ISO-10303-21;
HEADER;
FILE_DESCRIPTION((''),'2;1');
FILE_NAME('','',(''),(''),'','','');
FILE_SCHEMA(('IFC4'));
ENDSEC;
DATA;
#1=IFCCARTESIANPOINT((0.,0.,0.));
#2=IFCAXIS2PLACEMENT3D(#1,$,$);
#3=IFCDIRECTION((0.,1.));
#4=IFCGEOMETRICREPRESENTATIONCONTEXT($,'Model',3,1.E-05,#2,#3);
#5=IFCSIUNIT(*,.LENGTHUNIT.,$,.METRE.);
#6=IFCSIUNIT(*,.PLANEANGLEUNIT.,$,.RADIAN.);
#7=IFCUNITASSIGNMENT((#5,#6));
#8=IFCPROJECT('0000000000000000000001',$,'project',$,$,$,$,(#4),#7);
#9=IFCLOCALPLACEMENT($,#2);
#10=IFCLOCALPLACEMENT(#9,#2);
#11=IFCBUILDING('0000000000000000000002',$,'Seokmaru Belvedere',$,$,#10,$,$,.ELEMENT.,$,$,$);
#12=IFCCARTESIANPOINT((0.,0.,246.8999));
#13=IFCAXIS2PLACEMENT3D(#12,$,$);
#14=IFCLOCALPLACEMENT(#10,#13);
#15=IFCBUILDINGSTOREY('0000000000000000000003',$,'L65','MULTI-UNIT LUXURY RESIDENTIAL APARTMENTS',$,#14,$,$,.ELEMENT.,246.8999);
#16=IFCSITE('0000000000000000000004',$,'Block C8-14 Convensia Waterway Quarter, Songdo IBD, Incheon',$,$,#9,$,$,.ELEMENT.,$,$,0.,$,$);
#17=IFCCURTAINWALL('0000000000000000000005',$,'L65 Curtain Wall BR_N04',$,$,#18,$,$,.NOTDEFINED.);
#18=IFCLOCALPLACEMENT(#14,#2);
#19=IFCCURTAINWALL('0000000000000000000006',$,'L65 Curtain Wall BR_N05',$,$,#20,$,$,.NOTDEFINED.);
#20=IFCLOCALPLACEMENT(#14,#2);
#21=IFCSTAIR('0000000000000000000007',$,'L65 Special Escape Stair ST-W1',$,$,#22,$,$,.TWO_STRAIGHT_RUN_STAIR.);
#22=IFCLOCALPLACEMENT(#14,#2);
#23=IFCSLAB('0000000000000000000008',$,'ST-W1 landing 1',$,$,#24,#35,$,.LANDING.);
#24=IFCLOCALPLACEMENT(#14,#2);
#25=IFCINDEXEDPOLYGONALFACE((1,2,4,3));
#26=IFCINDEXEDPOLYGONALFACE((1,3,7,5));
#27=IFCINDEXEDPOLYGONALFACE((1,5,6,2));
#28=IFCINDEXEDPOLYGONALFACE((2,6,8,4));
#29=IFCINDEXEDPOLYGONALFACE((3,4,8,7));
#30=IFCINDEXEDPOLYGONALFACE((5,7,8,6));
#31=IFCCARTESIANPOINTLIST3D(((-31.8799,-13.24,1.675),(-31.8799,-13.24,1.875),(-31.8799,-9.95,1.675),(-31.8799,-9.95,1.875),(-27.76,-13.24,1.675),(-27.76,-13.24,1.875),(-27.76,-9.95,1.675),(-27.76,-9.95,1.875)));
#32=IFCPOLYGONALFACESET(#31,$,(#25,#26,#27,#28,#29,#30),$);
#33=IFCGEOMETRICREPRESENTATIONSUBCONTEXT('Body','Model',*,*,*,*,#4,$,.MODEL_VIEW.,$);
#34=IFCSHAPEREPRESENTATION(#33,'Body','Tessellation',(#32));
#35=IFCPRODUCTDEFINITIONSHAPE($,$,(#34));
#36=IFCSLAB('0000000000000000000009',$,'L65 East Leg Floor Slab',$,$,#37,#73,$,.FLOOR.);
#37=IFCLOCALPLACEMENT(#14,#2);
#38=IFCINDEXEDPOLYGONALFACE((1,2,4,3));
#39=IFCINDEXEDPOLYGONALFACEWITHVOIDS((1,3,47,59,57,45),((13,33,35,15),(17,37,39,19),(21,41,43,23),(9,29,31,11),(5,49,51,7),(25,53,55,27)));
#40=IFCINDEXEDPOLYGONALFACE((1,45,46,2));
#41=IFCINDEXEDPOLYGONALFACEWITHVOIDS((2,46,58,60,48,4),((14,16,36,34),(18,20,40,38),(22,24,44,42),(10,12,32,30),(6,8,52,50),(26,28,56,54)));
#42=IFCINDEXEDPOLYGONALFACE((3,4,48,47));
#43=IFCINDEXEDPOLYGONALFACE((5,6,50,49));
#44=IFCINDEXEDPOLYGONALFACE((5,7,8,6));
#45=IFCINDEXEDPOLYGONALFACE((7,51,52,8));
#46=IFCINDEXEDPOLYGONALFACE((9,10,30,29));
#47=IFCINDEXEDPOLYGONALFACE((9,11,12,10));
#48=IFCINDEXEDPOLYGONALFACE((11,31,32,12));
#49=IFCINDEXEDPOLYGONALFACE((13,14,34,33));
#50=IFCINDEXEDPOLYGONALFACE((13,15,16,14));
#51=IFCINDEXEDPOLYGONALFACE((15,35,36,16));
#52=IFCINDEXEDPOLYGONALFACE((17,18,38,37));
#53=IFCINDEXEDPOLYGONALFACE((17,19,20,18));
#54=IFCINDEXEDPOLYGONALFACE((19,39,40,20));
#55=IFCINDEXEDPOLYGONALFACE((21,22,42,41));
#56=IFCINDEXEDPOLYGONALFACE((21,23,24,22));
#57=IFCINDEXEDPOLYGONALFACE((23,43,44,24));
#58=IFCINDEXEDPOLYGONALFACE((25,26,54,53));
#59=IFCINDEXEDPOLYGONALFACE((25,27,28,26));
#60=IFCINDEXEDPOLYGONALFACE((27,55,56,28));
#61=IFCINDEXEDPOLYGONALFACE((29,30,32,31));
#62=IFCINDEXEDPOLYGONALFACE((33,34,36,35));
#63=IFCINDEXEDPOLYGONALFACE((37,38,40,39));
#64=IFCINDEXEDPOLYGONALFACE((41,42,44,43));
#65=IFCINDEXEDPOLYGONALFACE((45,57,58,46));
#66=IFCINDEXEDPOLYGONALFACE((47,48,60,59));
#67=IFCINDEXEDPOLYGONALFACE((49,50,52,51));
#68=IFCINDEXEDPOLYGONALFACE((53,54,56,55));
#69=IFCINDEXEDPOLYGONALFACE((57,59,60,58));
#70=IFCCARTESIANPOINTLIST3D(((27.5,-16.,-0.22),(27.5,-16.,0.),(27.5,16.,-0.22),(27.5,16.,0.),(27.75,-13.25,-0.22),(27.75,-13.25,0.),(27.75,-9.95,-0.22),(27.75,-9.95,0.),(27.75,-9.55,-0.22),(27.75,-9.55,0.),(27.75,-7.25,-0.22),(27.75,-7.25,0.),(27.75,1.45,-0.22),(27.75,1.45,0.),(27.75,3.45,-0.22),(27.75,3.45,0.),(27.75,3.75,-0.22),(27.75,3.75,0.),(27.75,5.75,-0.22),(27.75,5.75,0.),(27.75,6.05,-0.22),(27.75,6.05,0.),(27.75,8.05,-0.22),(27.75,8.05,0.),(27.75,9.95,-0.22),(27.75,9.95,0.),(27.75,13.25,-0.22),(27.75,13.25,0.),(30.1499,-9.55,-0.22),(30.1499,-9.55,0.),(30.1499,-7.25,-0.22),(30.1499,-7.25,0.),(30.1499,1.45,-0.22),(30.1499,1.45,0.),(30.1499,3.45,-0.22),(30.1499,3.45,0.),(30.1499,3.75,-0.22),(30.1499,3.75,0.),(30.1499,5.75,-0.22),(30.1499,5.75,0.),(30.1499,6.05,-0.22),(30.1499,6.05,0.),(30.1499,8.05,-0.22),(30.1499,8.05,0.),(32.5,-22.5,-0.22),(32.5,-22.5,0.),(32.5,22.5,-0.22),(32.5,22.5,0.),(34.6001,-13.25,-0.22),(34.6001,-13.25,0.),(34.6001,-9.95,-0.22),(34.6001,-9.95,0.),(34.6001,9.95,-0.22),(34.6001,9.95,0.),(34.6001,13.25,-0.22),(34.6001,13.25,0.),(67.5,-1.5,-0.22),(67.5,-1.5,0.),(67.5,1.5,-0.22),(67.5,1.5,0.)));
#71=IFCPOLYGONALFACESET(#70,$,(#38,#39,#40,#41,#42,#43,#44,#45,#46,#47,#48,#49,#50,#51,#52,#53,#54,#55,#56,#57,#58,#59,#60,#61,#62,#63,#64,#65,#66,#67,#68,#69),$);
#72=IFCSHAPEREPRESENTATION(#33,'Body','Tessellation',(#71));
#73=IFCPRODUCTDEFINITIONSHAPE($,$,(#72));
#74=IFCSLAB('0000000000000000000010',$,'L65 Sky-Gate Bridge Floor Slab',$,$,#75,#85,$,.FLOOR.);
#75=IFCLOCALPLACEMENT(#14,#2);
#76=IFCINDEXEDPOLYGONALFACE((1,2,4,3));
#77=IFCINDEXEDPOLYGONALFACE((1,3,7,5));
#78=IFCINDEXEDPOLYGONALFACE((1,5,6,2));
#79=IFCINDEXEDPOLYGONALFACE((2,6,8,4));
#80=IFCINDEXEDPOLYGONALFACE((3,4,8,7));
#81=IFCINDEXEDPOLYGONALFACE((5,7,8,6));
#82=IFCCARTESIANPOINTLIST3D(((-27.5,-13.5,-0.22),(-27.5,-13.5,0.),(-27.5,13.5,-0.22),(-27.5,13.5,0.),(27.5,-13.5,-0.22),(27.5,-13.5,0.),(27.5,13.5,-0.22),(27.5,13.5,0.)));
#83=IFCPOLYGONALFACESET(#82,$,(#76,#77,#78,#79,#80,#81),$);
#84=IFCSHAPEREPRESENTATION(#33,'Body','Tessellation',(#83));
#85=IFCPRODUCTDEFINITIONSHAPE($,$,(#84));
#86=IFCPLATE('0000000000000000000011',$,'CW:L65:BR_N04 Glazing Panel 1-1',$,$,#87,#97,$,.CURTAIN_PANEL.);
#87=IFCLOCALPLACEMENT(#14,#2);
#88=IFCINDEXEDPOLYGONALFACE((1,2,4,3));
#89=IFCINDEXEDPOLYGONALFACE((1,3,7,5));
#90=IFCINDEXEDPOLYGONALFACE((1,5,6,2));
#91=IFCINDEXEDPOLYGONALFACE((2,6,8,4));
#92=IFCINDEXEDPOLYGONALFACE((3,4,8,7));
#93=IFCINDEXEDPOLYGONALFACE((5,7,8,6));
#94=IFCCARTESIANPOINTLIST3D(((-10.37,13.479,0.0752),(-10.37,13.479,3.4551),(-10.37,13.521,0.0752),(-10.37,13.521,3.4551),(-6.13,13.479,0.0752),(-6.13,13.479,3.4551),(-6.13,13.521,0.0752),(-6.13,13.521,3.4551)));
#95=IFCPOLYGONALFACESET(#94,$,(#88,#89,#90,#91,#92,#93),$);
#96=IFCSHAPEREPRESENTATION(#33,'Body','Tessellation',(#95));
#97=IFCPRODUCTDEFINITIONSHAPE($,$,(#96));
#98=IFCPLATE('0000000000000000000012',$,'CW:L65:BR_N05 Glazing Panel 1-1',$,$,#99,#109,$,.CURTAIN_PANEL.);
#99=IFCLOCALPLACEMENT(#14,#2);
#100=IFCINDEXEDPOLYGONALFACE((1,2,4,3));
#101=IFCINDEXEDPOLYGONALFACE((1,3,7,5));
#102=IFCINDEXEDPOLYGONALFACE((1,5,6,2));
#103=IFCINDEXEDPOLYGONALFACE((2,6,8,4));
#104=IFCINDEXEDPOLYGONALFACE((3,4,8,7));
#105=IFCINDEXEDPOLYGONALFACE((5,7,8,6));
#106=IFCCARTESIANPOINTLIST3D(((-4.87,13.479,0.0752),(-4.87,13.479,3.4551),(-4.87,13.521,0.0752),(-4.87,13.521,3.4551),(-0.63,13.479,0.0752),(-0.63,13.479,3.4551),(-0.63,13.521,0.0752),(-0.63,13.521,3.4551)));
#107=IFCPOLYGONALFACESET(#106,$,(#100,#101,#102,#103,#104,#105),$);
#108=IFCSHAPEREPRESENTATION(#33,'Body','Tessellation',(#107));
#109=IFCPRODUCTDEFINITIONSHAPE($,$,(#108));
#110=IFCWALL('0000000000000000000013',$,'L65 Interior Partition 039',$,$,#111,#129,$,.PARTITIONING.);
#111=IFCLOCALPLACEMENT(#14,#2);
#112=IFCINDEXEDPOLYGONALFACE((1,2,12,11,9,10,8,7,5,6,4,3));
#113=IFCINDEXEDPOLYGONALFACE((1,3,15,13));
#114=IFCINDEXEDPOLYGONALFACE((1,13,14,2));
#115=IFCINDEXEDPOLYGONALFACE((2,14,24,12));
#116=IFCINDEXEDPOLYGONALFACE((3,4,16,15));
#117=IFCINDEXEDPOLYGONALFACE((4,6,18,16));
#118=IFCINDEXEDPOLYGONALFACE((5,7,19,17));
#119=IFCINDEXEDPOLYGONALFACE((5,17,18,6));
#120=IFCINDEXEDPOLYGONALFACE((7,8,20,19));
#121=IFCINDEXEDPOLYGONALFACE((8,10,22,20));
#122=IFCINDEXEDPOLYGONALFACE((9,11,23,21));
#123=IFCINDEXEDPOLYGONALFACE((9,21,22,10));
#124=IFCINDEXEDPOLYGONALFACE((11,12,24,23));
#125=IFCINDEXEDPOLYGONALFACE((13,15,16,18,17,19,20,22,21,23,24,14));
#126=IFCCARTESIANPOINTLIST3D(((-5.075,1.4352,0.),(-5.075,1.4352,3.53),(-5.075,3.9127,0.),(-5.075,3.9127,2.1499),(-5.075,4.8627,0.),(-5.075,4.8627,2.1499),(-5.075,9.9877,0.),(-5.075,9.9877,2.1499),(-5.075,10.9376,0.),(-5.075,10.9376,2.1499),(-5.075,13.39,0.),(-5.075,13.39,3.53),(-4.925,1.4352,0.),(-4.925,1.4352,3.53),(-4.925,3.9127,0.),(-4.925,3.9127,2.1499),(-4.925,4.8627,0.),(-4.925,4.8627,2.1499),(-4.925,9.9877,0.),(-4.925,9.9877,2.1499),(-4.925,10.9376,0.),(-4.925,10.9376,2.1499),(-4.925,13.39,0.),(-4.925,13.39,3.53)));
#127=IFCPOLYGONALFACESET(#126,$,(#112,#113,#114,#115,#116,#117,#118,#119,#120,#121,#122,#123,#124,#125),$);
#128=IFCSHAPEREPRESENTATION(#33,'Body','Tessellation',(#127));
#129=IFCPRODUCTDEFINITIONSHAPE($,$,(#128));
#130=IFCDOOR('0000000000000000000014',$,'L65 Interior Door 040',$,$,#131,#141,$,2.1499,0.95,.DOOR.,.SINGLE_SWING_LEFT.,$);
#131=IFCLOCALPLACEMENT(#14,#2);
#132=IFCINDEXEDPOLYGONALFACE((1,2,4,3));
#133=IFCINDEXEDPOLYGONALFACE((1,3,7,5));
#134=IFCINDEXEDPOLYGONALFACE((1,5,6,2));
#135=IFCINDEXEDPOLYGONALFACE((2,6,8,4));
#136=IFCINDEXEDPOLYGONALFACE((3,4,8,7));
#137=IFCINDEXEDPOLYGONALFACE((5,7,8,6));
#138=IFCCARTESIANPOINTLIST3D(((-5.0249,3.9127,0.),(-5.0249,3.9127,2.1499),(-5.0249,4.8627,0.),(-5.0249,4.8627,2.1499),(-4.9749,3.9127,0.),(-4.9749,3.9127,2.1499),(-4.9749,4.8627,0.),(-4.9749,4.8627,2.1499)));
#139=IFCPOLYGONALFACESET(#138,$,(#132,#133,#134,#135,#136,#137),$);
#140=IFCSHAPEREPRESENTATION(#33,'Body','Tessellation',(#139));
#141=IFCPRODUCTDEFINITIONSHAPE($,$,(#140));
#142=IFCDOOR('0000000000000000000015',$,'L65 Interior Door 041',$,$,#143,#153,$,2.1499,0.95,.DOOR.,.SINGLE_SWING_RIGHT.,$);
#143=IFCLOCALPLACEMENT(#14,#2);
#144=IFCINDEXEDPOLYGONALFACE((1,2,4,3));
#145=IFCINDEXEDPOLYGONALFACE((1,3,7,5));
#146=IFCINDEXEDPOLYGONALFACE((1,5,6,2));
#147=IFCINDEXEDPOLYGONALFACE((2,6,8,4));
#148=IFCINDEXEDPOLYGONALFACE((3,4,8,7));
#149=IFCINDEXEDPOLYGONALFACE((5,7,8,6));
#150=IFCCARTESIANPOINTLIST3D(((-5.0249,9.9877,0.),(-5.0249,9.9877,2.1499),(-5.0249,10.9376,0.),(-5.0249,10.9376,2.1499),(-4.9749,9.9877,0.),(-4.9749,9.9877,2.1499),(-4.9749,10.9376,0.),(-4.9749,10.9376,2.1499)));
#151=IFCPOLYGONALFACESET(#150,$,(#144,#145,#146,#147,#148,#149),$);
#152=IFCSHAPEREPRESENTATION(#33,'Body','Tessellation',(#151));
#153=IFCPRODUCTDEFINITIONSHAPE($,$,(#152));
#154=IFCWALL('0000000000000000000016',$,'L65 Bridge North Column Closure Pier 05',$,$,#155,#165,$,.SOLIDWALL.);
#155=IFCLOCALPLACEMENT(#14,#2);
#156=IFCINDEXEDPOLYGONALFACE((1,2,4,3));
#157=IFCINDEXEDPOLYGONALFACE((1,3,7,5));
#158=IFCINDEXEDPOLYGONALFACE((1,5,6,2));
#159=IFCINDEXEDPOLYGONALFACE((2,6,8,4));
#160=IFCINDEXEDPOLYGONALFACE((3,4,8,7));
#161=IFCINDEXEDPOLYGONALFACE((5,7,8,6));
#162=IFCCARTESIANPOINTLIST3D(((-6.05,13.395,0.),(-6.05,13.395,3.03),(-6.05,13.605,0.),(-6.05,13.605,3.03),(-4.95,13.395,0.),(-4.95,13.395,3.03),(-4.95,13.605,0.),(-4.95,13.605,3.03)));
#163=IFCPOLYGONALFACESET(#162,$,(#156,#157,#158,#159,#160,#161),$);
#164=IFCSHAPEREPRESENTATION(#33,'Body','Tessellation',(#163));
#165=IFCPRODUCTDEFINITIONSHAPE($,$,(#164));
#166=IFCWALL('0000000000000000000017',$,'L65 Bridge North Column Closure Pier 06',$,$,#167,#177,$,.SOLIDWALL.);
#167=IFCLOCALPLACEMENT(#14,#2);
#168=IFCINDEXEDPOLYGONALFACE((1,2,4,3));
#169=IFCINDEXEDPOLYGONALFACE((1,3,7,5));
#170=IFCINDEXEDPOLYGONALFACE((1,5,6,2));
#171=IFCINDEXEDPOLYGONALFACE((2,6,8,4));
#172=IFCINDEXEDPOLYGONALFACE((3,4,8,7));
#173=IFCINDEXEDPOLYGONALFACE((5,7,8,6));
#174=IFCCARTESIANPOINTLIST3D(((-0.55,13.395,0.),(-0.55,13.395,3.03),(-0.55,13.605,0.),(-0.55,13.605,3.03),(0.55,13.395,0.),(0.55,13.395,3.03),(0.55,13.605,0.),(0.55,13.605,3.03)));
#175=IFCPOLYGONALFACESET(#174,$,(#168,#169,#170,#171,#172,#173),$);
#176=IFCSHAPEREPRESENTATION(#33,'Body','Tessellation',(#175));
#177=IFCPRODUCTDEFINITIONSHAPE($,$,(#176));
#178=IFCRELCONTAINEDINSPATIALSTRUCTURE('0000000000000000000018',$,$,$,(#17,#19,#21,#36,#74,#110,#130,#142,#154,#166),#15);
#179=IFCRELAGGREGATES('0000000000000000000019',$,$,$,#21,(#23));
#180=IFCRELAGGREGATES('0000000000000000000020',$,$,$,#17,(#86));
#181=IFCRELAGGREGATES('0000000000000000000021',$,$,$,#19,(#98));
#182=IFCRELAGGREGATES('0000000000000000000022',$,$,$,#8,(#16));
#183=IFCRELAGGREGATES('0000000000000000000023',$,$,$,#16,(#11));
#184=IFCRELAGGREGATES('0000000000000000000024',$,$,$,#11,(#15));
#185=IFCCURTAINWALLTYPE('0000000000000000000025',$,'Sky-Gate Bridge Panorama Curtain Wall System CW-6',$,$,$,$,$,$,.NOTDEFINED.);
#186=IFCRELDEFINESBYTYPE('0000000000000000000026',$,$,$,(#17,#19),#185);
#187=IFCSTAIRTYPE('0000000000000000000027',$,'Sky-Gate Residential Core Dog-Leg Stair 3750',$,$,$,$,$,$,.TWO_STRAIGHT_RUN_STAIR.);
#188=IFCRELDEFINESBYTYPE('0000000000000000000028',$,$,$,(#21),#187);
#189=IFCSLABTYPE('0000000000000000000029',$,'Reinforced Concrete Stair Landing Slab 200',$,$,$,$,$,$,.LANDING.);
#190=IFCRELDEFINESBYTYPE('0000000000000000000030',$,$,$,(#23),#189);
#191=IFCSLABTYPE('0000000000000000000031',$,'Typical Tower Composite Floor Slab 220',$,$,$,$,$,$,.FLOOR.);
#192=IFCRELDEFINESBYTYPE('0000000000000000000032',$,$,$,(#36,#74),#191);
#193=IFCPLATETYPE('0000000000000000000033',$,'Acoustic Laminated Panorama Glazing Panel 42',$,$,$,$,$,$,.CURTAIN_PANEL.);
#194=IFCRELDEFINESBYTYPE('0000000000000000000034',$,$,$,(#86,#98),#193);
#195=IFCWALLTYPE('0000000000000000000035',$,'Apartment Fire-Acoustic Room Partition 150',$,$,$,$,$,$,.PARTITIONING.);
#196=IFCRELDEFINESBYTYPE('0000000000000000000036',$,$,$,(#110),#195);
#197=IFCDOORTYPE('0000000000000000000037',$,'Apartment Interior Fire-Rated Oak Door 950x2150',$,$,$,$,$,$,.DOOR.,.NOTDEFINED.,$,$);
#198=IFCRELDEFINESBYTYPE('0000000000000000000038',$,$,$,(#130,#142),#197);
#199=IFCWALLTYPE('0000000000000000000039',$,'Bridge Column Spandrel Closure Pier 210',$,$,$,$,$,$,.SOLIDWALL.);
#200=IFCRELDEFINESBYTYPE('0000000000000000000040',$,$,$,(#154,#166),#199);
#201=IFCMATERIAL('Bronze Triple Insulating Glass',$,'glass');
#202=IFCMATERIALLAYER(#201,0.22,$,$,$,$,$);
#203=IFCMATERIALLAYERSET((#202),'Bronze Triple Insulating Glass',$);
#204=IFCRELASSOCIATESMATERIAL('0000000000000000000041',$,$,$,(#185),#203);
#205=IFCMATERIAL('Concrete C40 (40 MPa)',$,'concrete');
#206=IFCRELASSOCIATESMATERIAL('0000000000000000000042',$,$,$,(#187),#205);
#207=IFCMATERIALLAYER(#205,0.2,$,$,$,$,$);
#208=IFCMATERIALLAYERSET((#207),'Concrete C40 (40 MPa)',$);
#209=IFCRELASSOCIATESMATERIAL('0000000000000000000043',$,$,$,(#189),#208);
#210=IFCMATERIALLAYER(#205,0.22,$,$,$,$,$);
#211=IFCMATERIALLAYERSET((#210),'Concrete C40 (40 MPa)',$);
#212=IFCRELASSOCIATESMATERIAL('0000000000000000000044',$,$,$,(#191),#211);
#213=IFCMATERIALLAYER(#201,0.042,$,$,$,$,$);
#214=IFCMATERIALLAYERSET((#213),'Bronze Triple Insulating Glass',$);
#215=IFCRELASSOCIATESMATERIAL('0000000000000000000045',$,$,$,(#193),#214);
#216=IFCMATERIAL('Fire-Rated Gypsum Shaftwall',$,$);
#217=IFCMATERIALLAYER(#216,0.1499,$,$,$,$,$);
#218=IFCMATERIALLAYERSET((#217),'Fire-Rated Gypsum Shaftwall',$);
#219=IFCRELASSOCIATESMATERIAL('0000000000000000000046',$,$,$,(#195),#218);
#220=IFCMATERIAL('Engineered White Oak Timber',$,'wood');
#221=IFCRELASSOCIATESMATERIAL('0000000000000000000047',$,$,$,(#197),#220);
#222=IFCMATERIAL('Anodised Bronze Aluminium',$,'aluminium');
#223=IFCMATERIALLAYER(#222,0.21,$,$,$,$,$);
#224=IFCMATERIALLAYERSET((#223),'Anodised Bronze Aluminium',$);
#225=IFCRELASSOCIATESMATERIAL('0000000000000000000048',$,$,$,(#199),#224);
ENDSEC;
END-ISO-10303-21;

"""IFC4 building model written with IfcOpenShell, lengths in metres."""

from ifc_helpers import new_model, si_unit, direction, frame, frame_2d, origin, origin_2d, place, context, subcontext, project, spatial, polyline, rectangle, outline, extrude, source, transform, mapped, material, layer, layer_set, type_object, type_shapes, element, fill, aggregate, save


model = new_model("IFC4")

# Units and contexts
model_context = context("Model", 3, precision=1e-05, world=origin(), true_north=direction((0.0, 1.0)))
body_context = subcontext(model_context, "Body", "Model", "MODEL_VIEW")
ifc_project = project(units=[si_unit("LENGTHUNIT", "METRE"), si_unit("PLANEANGLEUNIT", "RADIAN")], contexts=[model_context])

# Site, building, storey
site_placement = place(None, origin())
site = spatial("IfcSite", under=ifc_project, at=site_placement, Name="Block C8-14 Convensia Waterway Quarter, Songdo IBD, Incheon", CompositionType="ELEMENT", RefElevation=0.0)
building_placement = place(site_placement, origin())
building = spatial("IfcBuilding", under=site, at=building_placement, Name="Seokmaru Belvedere", CompositionType="ELEMENT")
storey_placement = place(building_placement, frame((0.0, 0.0, 246.8999)))
storey = spatial("IfcBuildingStorey", under=building, at=storey_placement, Name="L65", Description="MULTI-UNIT LUXURY RESIDENTIAL APARTMENTS", CompositionType="ELEMENT", Elevation=246.8999)

# Curtain walls
ifc_material_1 = material(Name="Bronze Triple Insulating Glass", Category="glass")
ifc_layer_1 = layer(ifc_material_1, 0.22)
ifc_layer_set_1 = layer_set([ifc_layer_1], Name="Bronze Triple Insulating Glass")
curtain_wall_type = type_object("IfcCurtainWallType", Name="Sky-Gate Bridge Panorama Curtain Wall System CW-6", PredefinedType="NOTDEFINED", material=ifc_layer_set_1)
curtain_wall_1_placement = place(storey_placement, origin())
curtain_wall_1 = element("IfcCurtainWall", 1, at=curtain_wall_1_placement, inside=storey, type_object=curtain_wall_type, Name="L65 Curtain Wall BR_N04", PredefinedType="NOTDEFINED")
ifc_material_2 = material(Name="Anodised Bronze Aluminium", Category="aluminium")
curtain_wall_2_placement = place(storey_placement, origin())
curtain_wall_2 = element("IfcCurtainWall", 2, at=curtain_wall_2_placement, inside=storey, type_object=curtain_wall_type, Name="L65 Curtain Wall BR_N05", PredefinedType="NOTDEFINED")

# Stair, slab
ifc_material_3 = material(Name="Concrete C40 (40 MPa)", Category="concrete")
stair_type = type_object("IfcStairType", Name="Sky-Gate Residential Core Dog-Leg Stair 3750", PredefinedType="TWO_STRAIGHT_RUN_STAIR", material=ifc_material_3)
stair_placement = place(storey_placement, origin())
stair = element("IfcStair", 3, at=stair_placement, inside=storey, type_object=stair_type, Name="L65 Special Escape Stair ST-W1", PredefinedType="TWO_STRAIGHT_RUN_STAIR")
ifc_layer_2 = layer(ifc_material_3, 0.2)
ifc_layer_set_2 = layer_set([ifc_layer_2], Name="Concrete C40 (40 MPa)")
slab_type_1 = type_object("IfcSlabType", Name="Reinforced Concrete Stair Landing Slab 200", PredefinedType="LANDING", material=ifc_layer_set_2)
slab_1_placement = place(storey_placement, frame((0.0, 0.0, 1.675)))
slab_1 = element("IfcSlab", 4, at=slab_1_placement, type_object=slab_type_1, Name="ST-W1 landing 1", PredefinedType="LANDING", context=body_context, shape_type="SweptSolid", body=[
    extrude(outline(polyline([(-31.8799, -13.24), (-27.76, -13.24), (-27.76, -9.95), (-31.8799, -9.95), (-31.8799, -13.24)])), origin(), (0.0, 0.0, 1.0), 0.2),
])
aggregate(stair, [slab_1])

# Slabs
ifc_layer_3 = layer(ifc_material_3, 0.22)
ifc_layer_set_3 = layer_set([ifc_layer_3], Name="Concrete C40 (40 MPa)")
slab_type_2 = type_object("IfcSlabType", Name="Typical Tower Composite Floor Slab 220", PredefinedType="FLOOR", material=ifc_layer_set_3)
slab_2_placement = place(storey_placement, frame((0.0, 0.0, -0.22)))
element("IfcSlab", 5, at=slab_2_placement, inside=storey, type_object=slab_type_2, Name="L65 East Leg Floor Slab", PredefinedType="FLOOR", context=body_context, shape_type="SweptSolid", body=[
    extrude(outline(polyline([(32.5, -22.5), (67.5, -1.5), (67.5, 1.5), (32.5, 22.5), (27.5, 16.0), (27.5, -16.0), (32.5, -22.5)]), holes=[polyline([(27.75, -13.25), (34.6001, -13.25), (34.6001, -9.95), (27.75, -9.95), (27.75, -13.25)]), polyline([(27.75, 9.95), (34.6001, 9.95), (34.6001, 13.25), (27.75, 13.25), (27.75, 9.95)]), polyline([(27.75, -9.55), (30.1499, -9.55), (30.1499, -7.25), (27.75, -7.25), (27.75, -9.55)]), polyline([(27.75, 1.45), (30.1499, 1.45), (30.1499, 3.45), (27.75, 3.45), (27.75, 1.45)]), polyline([(27.75, 3.75), (30.1499, 3.75), (30.1499, 5.75), (27.75, 5.75), (27.75, 3.75)]), polyline([(27.75, 6.05), (30.1499, 6.05), (30.1499, 8.05), (27.75, 8.05), (27.75, 6.05)])]), origin(), (0.0, 0.0, 1.0), 0.22),
])
slab_3_placement = place(storey_placement, frame((0.0, 0.0, -0.22)))
element("IfcSlab", 6, at=slab_3_placement, inside=storey, type_object=slab_type_2, Name="L65 Sky-Gate Bridge Floor Slab", PredefinedType="FLOOR", context=body_context, shape_type="SweptSolid", body=[
    extrude(outline(polyline([(-27.5, -13.5), (27.5, -13.5), (27.5, 13.5), (-27.5, 13.5), (-27.5, -13.5)])), origin(), (0.0, 0.0, 1.0), 0.22),
])

# Plates
ifc_layer_4 = layer(ifc_material_1, 0.042)
ifc_layer_set_4 = layer_set([ifc_layer_4], Name="Bronze Triple Insulating Glass")
plate_type = type_object("IfcPlateType", Name="Acoustic Laminated Panorama Glazing Panel 42", PredefinedType="CURTAIN_PANEL", material=ifc_layer_set_4)
shared_shape_1 = source(origin(), body_context, "Body", "SweptSolid", [
    extrude(rectangle(XDim=4.24, YDim=0.042, at=origin_2d()), origin(), (0.0, 0.0, 1.0), 3.3799),
])
type_shapes(plate_type, [shared_shape_1])
plate_1_placement = place(storey_placement, frame((-8.25, 13.5, 0.0752), z_axis=(0.0, 0.0, 1.0), x_axis=(-1.0, 0.0, 0.0)))
plate_1 = element("IfcPlate", 7, at=plate_1_placement, type_object=plate_type, Name="CW:L65:BR_N04 Glazing Panel 1-1", PredefinedType="CURTAIN_PANEL", context=body_context, shape_type="MappedRepresentation", body=[
    mapped(shared_shape_1, transform((0.0, 0.0, 0.0), scale=1.0)),
])
aggregate(curtain_wall_1, [plate_1])
plate_2_placement = place(storey_placement, frame((-2.75, 13.5, 0.0752), z_axis=(0.0, 0.0, 1.0), x_axis=(-1.0, 0.0, 0.0)))
plate_2 = element("IfcPlate", 8, at=plate_2_placement, type_object=plate_type, Name="CW:L65:BR_N05 Glazing Panel 1-1", PredefinedType="CURTAIN_PANEL", context=body_context, shape_type="MappedRepresentation", body=[
    mapped(shared_shape_1, transform((0.0, 0.0, 0.0), scale=1.0)),
])
aggregate(curtain_wall_2, [plate_2])

# Wall, openings, doors
ifc_material_4 = material(Name="Fire-Rated Gypsum Shaftwall")
ifc_layer_5 = layer(ifc_material_4, 0.1499)
ifc_layer_set_5 = layer_set([ifc_layer_5], Name="Fire-Rated Gypsum Shaftwall")
wall_type_1 = type_object("IfcWallType", Name="Apartment Fire-Acoustic Room Partition 150", PredefinedType="PARTITIONING", material=ifc_layer_set_5)
wall_placement = place(storey_placement, frame((-5.0, 1.4351, 0.0), z_axis=(0.0, 0.0, 1.0), x_axis=(0.0, 1.0, 0.0)))
wall = element("IfcWall", 9, at=wall_placement, inside=storey, type_object=wall_type_1, Name="L65 Interior Partition 039", PredefinedType="PARTITIONING", context=body_context, shape_type="SweptSolid", body=[
    extrude(rectangle(XDim=11.9548, YDim=0.1499, at=frame_2d((5.9775, 0.0))), origin(), (0.0, 0.0, 1.0), 3.53),
])
opening_1_placement = place(wall_placement, frame((2.4775, 0.0, 0.0)))
opening_1 = element("IfcOpeningElement", 10, at=opening_1_placement, cuts=wall, PredefinedType="OPENING", context=body_context, shape_type="SweptSolid", body=[
    extrude(rectangle(XDim=0.95, YDim=2.1499, at=frame_2d((0.4751, 1.075))), frame((0.0, 0.085, 0.0), z_axis=(0.0, -1.0, 0.0), x_axis=(1.0, 0.0, 0.0)), (0.0, 0.0, 1.0), 0.1699),
])
opening_2_placement = place(wall_placement, frame((8.5525, 0.0, 0.0)))
opening_2 = element("IfcOpeningElement", 11, at=opening_2_placement, cuts=wall, PredefinedType="OPENING", context=body_context, shape_type="SweptSolid", body=[
    extrude(rectangle(XDim=0.95, YDim=2.1499, at=frame_2d((0.4751, 1.075))), frame((0.0, 0.085, 0.0), z_axis=(0.0, -1.0, 0.0), x_axis=(1.0, 0.0, 0.0)), (0.0, 0.0, 1.0), 0.1699),
])
ifc_material_5 = material(Name="Engineered White Oak Timber", Category="wood")
door_type = type_object("IfcDoorType", Name="Apartment Interior Fire-Rated Oak Door 950x2150", OperationType="NOTDEFINED", PredefinedType="DOOR", material=ifc_material_5)
shared_shape_2 = source(origin(), body_context, "Body", "SweptSolid", [
    extrude(rectangle(XDim=0.95, YDim=2.1499, at=frame_2d((0.4751, 1.075))), frame((0.0, 0.0249, 0.0), z_axis=(0.0, -1.0, 0.0), x_axis=(1.0, 0.0, 0.0)), (0.0, 0.0, 1.0), 0.05),
])
type_shapes(door_type, [shared_shape_2])
door_1_placement = place(opening_1_placement, origin())
door_1 = element("IfcDoor", 12, at=door_1_placement, inside=storey, type_object=door_type, Name="L65 Interior Door 040", OperationType="SINGLE_SWING_LEFT", OverallHeight=2.1499, OverallWidth=0.95, PredefinedType="DOOR", context=body_context, shape_type="MappedRepresentation", body=[
    mapped(shared_shape_2, transform((0.0, 0.0, 0.0), scale=1.0)),
])
fill(opening_1, door_1)
door_2_placement = place(opening_2_placement, origin())
door_2 = element("IfcDoor", 13, at=door_2_placement, inside=storey, type_object=door_type, Name="L65 Interior Door 041", OperationType="SINGLE_SWING_RIGHT", OverallHeight=2.1499, OverallWidth=0.95, PredefinedType="DOOR", context=body_context, shape_type="MappedRepresentation", body=[
    mapped(shared_shape_2, transform((0.0, 0.0, 0.0), scale=1.0)),
])
fill(opening_2, door_2)

# Walls
ifc_layer_6 = layer(ifc_material_2, 0.21)
ifc_layer_set_6 = layer_set([ifc_layer_6], Name="Anodised Bronze Aluminium")
wall_type_2 = type_object("IfcWallType", Name="Bridge Column Spandrel Closure Pier 210", PredefinedType="SOLIDWALL", material=ifc_layer_set_6)
for number, where, z_axis, x_axis, name in (
    (14, (-6.05, 13.5, 0.0), (0.0, 0.0, 1.0), (1.0, 0.0, 0.0), "L65 Bridge North Column Closure Pier 05"),
    (15, (-0.55, 13.5, 0.0), (0.0, 0.0, 1.0), (1.0, 0.0, 0.0), "L65 Bridge North Column Closure Pier 06"),
):
    element("IfcWall", number, at=place(storey_placement, frame(where, z_axis=z_axis, x_axis=x_axis)), inside=storey, type_object=wall_type_2, Name=name, PredefinedType="SOLIDWALL", context=body_context, shape_type="SweptSolid", body=[
        extrude(rectangle(XDim=1.1001, YDim=0.21, at=frame_2d((0.55, 0.0))), origin(), (0.0, 0.0, 1.0), 3.03),
    ])

save(model, "model.ifc")
